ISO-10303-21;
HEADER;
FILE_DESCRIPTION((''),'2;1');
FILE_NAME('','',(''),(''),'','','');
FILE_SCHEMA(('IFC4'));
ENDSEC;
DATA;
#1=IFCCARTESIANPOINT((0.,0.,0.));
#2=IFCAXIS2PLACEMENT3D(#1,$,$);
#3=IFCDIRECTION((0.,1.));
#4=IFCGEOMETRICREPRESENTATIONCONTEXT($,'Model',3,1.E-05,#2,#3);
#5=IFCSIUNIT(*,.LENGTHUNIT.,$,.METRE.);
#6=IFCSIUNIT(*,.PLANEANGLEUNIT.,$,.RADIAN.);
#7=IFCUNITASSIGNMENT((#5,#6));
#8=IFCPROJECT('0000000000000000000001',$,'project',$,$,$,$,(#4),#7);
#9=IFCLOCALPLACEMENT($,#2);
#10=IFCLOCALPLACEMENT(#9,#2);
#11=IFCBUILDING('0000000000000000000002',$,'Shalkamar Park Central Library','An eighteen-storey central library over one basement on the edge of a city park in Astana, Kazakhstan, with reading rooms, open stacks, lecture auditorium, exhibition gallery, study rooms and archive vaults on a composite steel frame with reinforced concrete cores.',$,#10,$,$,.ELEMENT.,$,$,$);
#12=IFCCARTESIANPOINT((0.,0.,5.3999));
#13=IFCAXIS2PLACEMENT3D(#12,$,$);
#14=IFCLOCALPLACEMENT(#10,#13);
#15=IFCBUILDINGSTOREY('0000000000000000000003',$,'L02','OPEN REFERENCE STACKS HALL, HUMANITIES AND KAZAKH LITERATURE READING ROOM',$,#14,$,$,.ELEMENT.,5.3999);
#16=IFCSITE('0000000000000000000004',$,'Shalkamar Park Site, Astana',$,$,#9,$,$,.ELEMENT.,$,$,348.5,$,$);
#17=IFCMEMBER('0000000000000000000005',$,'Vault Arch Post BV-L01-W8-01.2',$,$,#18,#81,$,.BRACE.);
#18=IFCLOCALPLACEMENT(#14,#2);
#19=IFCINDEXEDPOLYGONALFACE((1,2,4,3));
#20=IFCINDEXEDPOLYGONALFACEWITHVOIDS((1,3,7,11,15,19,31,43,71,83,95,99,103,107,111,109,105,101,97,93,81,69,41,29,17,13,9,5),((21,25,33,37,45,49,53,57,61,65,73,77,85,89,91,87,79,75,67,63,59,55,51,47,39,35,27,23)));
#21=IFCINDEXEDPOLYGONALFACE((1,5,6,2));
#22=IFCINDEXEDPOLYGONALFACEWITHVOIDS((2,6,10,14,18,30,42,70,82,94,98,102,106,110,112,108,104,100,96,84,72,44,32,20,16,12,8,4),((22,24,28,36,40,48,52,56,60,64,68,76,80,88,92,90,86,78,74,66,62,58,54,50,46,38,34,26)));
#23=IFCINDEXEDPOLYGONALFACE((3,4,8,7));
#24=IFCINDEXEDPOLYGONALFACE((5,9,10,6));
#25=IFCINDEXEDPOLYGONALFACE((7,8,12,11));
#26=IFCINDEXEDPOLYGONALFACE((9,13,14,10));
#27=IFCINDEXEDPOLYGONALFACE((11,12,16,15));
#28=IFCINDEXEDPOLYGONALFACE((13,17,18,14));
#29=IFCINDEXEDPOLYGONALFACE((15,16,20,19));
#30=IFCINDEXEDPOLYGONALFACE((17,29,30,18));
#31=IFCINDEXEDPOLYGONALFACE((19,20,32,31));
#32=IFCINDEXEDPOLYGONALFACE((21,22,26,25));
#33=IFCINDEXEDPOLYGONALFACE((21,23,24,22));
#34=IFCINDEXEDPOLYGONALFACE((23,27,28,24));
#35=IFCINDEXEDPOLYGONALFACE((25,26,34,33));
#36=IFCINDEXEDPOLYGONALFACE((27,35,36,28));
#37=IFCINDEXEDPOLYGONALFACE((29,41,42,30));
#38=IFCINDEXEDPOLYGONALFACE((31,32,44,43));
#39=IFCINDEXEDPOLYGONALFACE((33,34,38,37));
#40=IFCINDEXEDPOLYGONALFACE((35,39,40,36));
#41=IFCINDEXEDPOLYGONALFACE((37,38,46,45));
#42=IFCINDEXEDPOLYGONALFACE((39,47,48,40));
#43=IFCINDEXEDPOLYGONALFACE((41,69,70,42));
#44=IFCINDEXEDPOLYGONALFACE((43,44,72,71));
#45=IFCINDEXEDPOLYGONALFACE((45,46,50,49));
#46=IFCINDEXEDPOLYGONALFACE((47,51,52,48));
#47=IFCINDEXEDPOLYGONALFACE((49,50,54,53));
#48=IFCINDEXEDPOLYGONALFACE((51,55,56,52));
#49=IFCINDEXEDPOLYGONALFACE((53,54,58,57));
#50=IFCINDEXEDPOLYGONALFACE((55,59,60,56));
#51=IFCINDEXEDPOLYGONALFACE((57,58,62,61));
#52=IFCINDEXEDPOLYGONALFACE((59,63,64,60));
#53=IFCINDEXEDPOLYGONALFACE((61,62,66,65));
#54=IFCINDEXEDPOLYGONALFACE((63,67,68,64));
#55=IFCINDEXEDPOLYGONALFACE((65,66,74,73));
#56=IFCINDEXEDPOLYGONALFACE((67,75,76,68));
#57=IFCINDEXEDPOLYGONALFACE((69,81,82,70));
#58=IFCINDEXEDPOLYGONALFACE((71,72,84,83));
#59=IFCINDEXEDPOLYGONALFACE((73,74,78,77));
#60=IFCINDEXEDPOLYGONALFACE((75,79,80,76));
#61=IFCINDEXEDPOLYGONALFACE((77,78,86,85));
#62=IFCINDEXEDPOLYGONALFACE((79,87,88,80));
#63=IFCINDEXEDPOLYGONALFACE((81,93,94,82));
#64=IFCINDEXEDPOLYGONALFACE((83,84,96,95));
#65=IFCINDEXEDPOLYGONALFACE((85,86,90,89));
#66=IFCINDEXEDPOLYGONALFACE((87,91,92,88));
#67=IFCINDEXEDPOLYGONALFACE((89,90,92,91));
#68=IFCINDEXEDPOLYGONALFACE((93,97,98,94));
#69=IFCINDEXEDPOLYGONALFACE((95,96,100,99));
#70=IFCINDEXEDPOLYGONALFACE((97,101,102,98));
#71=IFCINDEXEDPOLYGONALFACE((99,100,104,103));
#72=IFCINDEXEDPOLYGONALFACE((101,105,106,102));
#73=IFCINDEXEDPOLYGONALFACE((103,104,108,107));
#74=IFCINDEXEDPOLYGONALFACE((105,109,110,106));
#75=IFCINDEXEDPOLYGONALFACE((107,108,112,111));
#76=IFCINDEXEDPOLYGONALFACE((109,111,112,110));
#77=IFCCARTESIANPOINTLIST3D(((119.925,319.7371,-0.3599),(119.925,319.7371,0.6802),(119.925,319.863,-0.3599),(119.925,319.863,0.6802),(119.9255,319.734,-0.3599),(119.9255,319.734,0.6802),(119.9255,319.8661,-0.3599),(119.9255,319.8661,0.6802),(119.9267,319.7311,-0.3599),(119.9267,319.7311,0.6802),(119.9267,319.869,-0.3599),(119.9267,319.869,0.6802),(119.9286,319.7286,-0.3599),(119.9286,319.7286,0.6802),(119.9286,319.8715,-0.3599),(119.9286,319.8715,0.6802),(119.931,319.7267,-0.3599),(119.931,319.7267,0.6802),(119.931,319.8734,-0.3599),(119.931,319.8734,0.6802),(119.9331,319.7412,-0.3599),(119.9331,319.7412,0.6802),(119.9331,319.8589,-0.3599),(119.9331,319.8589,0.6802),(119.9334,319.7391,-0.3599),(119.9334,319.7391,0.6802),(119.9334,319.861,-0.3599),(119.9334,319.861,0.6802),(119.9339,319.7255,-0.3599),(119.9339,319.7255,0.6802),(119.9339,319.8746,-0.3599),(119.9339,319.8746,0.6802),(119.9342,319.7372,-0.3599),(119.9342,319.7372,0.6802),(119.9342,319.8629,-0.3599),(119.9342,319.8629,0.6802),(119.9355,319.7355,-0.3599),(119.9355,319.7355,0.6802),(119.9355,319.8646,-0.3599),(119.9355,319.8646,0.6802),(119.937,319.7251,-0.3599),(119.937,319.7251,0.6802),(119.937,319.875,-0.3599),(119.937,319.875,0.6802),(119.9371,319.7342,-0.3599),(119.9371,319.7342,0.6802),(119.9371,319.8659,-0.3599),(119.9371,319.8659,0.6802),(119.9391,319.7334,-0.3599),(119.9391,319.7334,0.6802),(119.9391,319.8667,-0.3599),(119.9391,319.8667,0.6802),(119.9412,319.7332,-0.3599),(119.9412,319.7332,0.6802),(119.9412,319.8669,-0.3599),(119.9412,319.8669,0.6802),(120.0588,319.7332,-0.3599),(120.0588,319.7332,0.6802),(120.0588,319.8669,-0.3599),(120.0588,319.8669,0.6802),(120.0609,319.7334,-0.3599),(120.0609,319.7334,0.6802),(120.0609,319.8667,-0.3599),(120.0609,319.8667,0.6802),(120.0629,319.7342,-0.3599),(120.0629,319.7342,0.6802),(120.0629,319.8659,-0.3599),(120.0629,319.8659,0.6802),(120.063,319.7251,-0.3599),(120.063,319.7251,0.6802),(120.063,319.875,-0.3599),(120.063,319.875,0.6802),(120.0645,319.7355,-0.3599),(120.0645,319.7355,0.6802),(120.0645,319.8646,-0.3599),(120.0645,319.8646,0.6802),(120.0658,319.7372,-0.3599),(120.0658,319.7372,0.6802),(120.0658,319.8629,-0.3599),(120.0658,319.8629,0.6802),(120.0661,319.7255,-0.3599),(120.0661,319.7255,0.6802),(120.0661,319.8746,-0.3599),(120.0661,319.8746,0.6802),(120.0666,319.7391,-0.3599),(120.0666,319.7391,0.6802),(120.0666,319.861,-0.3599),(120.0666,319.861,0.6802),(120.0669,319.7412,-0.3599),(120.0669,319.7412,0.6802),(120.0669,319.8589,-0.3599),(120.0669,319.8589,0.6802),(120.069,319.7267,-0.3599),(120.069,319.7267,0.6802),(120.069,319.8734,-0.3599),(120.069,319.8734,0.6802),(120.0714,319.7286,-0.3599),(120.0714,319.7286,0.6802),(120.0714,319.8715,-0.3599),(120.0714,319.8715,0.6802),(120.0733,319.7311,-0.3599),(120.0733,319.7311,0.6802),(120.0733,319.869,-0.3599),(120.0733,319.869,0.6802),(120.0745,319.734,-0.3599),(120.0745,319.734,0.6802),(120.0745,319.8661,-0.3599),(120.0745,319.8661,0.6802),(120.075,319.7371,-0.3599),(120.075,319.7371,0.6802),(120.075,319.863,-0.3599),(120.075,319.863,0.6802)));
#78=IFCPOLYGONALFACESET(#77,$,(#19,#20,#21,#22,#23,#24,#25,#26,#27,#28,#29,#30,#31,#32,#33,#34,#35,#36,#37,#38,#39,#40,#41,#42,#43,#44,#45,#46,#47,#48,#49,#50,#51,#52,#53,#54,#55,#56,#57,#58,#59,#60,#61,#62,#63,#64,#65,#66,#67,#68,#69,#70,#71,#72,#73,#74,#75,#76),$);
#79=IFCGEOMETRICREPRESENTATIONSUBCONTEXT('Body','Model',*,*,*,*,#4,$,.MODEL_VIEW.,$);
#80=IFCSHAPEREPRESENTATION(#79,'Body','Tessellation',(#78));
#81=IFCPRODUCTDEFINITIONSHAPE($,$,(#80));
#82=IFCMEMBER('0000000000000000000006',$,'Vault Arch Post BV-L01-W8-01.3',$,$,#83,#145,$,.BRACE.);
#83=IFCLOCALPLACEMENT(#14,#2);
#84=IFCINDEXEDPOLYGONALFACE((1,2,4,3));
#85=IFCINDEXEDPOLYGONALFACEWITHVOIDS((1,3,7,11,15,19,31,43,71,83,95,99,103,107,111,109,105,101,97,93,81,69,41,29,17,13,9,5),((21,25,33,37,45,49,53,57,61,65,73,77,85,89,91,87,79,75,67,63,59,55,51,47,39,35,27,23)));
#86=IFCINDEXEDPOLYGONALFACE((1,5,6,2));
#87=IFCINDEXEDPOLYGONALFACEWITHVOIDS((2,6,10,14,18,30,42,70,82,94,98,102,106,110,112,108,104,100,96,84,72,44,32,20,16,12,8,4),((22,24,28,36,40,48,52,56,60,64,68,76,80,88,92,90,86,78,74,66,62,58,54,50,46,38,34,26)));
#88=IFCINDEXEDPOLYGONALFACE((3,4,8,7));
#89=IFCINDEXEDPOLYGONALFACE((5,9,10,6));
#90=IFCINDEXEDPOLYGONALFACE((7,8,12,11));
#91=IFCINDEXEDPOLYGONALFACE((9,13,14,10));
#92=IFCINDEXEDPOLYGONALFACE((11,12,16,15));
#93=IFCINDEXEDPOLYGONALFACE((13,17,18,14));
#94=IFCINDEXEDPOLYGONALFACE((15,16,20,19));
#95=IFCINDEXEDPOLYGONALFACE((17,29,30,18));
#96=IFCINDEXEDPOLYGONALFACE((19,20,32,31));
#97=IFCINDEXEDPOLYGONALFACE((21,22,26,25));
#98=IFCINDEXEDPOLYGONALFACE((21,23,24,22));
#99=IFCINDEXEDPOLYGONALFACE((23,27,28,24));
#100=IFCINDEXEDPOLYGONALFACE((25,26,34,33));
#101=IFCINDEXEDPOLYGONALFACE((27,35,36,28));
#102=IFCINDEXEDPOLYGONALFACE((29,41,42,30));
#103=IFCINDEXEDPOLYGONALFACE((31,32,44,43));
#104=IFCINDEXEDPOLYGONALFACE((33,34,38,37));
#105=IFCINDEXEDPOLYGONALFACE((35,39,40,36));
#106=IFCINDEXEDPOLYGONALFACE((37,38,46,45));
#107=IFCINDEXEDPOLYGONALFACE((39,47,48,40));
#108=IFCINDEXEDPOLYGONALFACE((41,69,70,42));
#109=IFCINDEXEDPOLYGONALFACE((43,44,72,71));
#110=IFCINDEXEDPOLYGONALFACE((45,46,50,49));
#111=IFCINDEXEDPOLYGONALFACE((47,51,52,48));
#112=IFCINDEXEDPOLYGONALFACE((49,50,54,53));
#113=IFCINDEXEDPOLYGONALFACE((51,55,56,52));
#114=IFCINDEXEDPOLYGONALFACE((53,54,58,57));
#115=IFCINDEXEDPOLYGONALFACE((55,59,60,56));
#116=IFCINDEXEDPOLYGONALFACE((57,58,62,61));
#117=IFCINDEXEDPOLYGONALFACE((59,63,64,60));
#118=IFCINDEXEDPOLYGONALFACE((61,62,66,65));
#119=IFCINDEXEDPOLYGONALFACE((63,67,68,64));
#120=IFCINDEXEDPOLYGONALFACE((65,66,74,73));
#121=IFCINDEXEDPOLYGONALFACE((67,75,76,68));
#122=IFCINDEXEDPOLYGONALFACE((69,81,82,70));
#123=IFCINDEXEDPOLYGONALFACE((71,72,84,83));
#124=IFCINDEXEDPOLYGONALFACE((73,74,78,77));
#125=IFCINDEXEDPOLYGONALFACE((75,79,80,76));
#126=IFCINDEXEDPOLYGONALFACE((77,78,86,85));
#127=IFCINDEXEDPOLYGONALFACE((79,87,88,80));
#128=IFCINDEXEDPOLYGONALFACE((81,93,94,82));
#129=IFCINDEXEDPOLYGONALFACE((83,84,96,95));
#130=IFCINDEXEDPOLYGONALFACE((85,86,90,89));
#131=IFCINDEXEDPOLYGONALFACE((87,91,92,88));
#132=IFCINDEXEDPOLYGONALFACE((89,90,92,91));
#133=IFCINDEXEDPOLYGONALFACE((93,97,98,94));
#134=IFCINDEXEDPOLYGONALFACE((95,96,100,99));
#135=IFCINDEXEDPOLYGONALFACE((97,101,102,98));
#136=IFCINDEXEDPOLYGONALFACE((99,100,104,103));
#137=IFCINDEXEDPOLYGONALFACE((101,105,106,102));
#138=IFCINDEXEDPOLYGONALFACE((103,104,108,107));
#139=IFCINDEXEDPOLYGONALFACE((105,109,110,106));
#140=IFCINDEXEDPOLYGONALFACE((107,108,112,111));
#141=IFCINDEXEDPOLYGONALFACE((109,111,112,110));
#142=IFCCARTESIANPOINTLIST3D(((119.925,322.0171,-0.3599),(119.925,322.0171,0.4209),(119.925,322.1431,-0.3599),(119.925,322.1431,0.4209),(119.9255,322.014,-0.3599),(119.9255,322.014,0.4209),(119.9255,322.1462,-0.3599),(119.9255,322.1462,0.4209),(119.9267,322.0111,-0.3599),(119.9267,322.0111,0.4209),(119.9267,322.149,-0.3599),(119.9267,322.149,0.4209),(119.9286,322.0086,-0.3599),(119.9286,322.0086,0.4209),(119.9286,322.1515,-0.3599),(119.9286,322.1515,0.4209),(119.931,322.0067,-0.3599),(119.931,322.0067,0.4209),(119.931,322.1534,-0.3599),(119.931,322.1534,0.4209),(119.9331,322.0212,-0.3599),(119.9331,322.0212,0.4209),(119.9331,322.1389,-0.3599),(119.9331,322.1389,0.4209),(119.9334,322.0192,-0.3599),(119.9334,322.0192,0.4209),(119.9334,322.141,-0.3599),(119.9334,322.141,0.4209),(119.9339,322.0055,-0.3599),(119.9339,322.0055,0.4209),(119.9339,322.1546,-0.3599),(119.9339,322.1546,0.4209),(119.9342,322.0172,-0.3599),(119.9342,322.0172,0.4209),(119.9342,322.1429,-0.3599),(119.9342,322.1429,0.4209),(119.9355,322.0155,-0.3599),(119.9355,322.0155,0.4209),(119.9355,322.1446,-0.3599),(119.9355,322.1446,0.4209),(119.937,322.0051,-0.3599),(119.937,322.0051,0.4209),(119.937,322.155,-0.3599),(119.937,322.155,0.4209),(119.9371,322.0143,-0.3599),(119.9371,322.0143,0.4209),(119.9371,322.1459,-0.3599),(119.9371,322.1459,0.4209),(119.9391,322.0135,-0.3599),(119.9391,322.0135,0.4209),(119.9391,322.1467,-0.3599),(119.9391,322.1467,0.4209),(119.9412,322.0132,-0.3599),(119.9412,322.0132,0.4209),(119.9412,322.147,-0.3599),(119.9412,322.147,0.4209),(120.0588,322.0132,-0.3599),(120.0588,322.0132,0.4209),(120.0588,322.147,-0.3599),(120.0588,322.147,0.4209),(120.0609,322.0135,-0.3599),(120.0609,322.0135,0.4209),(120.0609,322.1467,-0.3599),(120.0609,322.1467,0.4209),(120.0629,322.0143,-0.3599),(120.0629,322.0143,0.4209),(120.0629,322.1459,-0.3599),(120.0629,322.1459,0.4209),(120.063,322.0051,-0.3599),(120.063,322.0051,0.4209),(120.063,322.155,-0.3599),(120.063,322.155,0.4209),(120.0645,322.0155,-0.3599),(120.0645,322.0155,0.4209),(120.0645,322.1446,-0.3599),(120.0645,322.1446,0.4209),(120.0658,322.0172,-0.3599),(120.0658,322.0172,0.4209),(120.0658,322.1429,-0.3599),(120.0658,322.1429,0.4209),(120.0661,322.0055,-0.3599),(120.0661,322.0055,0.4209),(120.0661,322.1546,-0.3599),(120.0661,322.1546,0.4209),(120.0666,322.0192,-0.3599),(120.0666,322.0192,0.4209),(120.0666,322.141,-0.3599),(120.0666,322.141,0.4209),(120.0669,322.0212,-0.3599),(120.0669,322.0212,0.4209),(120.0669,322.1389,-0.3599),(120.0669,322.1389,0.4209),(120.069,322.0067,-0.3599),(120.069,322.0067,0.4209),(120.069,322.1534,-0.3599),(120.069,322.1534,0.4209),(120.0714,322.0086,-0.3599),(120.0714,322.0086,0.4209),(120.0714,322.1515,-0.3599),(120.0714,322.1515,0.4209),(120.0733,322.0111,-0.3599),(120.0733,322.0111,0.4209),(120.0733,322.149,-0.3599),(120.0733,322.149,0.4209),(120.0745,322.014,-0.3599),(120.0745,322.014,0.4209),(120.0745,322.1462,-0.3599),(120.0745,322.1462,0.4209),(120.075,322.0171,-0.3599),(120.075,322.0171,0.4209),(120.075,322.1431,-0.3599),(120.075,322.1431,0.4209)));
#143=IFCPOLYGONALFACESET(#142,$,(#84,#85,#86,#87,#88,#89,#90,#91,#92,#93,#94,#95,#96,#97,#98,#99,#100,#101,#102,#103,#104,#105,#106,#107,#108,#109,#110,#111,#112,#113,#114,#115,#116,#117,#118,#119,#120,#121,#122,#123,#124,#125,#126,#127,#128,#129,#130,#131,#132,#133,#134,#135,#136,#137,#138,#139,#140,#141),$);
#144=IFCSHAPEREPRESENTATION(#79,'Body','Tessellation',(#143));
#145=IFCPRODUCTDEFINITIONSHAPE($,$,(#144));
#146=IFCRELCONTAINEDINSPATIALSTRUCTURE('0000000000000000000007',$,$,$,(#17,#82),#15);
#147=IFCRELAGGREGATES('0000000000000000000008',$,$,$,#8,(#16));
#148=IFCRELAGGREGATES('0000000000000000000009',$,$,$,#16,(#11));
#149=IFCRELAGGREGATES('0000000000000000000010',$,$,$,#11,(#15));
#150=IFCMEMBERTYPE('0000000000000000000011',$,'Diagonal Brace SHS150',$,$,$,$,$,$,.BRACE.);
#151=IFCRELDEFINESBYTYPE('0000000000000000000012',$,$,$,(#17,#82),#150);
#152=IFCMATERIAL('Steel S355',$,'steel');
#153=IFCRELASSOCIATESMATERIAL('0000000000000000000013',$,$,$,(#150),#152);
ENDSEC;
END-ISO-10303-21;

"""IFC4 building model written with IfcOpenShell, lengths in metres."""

from ifc_helpers import new_model, si_unit, direction, frame, origin, origin_2d, place, context, subcontext, project, spatial, hollow_rectangle, extrude, material, material_profile, profile_set, type_object, element, save


model = new_model("IFC4")

# Units and contexts
model_context = context("Model", 3, precision=1e-05, world=origin(), true_north=direction((0.0, 1.0)))
body_context = subcontext(model_context, "Body", "Model", "MODEL_VIEW")
ifc_project = project(units=[si_unit("LENGTHUNIT", "METRE"), si_unit("PLANEANGLEUNIT", "RADIAN")], contexts=[model_context])

# Site, building, storey
site_placement = place(None, origin())
site = spatial("IfcSite", under=ifc_project, at=site_placement, Name="Shalkamar Park Site, Astana", CompositionType="ELEMENT", RefElevation=348.5)
building_placement = place(site_placement, origin())
building = spatial("IfcBuilding", under=site, at=building_placement, Name="Shalkamar Park Central Library", Description="An eighteen-storey central library over one basement on the edge of a city park in Astana, Kazakhstan, with reading rooms, open stacks, lecture auditorium, exhibition gallery, study rooms and archive vaults on a composite steel frame with reinforced concrete cores.", CompositionType="ELEMENT")
storey_placement = place(building_placement, frame((0.0, 0.0, 5.3999)))
storey = spatial("IfcBuildingStorey", under=building, at=storey_placement, Name="L02", Description="OPEN REFERENCE STACKS HALL, HUMANITIES AND KAZAKH LITERATURE READING ROOM", CompositionType="ELEMENT", Elevation=5.3999)

# Members
ifc_material_1 = material(Name="Steel S355", Category="steel")
ifc_material_profile_1 = material_profile(ifc_material_1, hollow_rectangle(XDim=0.1499, YDim=0.1499, WallThickness=0.0081, InnerFilletRadius=0.0081, OuterFilletRadius=0.012, at=origin_2d()), Name="SHS 150x150x8")
ifc_profile_set_1 = profile_set([ifc_material_profile_1], Name="Steel S355")
member_type_1 = type_object("IfcMemberType", Name="Diagonal Brace SHS150", PredefinedType="BRACE", material=ifc_profile_set_1)
member_1_placement = place(storey_placement, frame((120.0, 319.8, -0.3599), z_axis=(0.0, 0.0, 1.0), x_axis=(1.0, 0.0, 0.0)))
element("IfcMember", 1, at=member_1_placement, inside=storey, type_object=member_type_1, Name="Vault Arch Post BV-L01-W8-01.2", PredefinedType="BRACE", context=body_context, shape_type="SweptSolid", body=[
    extrude(hollow_rectangle(XDim=0.1499, YDim=0.1499, WallThickness=0.0081, InnerFilletRadius=0.0081, OuterFilletRadius=0.012, at=origin_2d()), origin(), (0.0, 0.0, 1.0), 1.04),
])
for number, where, z_axis, x_axis, name in (
    (2, (120.0, 322.0801, -0.3599), (0.0, 0.0, 1.0), (1.0, 0.0, 0.0), "Vault Arch Post BV-L01-W8-01.3"),
):
    element("IfcMember", number, at=place(storey_placement, frame(where, z_axis=z_axis, x_axis=x_axis)), inside=storey, type_object=member_type_1, Name=name, PredefinedType="BRACE", context=body_context, shape_type="SweptSolid", body=[
        extrude(hollow_rectangle(XDim=0.1499, YDim=0.1499, WallThickness=0.0081, InnerFilletRadius=0.0081, OuterFilletRadius=0.012, at=origin_2d()), origin(), (0.0, 0.0, 1.0), 0.7808),
    ])

save(model, "model.ifc")
